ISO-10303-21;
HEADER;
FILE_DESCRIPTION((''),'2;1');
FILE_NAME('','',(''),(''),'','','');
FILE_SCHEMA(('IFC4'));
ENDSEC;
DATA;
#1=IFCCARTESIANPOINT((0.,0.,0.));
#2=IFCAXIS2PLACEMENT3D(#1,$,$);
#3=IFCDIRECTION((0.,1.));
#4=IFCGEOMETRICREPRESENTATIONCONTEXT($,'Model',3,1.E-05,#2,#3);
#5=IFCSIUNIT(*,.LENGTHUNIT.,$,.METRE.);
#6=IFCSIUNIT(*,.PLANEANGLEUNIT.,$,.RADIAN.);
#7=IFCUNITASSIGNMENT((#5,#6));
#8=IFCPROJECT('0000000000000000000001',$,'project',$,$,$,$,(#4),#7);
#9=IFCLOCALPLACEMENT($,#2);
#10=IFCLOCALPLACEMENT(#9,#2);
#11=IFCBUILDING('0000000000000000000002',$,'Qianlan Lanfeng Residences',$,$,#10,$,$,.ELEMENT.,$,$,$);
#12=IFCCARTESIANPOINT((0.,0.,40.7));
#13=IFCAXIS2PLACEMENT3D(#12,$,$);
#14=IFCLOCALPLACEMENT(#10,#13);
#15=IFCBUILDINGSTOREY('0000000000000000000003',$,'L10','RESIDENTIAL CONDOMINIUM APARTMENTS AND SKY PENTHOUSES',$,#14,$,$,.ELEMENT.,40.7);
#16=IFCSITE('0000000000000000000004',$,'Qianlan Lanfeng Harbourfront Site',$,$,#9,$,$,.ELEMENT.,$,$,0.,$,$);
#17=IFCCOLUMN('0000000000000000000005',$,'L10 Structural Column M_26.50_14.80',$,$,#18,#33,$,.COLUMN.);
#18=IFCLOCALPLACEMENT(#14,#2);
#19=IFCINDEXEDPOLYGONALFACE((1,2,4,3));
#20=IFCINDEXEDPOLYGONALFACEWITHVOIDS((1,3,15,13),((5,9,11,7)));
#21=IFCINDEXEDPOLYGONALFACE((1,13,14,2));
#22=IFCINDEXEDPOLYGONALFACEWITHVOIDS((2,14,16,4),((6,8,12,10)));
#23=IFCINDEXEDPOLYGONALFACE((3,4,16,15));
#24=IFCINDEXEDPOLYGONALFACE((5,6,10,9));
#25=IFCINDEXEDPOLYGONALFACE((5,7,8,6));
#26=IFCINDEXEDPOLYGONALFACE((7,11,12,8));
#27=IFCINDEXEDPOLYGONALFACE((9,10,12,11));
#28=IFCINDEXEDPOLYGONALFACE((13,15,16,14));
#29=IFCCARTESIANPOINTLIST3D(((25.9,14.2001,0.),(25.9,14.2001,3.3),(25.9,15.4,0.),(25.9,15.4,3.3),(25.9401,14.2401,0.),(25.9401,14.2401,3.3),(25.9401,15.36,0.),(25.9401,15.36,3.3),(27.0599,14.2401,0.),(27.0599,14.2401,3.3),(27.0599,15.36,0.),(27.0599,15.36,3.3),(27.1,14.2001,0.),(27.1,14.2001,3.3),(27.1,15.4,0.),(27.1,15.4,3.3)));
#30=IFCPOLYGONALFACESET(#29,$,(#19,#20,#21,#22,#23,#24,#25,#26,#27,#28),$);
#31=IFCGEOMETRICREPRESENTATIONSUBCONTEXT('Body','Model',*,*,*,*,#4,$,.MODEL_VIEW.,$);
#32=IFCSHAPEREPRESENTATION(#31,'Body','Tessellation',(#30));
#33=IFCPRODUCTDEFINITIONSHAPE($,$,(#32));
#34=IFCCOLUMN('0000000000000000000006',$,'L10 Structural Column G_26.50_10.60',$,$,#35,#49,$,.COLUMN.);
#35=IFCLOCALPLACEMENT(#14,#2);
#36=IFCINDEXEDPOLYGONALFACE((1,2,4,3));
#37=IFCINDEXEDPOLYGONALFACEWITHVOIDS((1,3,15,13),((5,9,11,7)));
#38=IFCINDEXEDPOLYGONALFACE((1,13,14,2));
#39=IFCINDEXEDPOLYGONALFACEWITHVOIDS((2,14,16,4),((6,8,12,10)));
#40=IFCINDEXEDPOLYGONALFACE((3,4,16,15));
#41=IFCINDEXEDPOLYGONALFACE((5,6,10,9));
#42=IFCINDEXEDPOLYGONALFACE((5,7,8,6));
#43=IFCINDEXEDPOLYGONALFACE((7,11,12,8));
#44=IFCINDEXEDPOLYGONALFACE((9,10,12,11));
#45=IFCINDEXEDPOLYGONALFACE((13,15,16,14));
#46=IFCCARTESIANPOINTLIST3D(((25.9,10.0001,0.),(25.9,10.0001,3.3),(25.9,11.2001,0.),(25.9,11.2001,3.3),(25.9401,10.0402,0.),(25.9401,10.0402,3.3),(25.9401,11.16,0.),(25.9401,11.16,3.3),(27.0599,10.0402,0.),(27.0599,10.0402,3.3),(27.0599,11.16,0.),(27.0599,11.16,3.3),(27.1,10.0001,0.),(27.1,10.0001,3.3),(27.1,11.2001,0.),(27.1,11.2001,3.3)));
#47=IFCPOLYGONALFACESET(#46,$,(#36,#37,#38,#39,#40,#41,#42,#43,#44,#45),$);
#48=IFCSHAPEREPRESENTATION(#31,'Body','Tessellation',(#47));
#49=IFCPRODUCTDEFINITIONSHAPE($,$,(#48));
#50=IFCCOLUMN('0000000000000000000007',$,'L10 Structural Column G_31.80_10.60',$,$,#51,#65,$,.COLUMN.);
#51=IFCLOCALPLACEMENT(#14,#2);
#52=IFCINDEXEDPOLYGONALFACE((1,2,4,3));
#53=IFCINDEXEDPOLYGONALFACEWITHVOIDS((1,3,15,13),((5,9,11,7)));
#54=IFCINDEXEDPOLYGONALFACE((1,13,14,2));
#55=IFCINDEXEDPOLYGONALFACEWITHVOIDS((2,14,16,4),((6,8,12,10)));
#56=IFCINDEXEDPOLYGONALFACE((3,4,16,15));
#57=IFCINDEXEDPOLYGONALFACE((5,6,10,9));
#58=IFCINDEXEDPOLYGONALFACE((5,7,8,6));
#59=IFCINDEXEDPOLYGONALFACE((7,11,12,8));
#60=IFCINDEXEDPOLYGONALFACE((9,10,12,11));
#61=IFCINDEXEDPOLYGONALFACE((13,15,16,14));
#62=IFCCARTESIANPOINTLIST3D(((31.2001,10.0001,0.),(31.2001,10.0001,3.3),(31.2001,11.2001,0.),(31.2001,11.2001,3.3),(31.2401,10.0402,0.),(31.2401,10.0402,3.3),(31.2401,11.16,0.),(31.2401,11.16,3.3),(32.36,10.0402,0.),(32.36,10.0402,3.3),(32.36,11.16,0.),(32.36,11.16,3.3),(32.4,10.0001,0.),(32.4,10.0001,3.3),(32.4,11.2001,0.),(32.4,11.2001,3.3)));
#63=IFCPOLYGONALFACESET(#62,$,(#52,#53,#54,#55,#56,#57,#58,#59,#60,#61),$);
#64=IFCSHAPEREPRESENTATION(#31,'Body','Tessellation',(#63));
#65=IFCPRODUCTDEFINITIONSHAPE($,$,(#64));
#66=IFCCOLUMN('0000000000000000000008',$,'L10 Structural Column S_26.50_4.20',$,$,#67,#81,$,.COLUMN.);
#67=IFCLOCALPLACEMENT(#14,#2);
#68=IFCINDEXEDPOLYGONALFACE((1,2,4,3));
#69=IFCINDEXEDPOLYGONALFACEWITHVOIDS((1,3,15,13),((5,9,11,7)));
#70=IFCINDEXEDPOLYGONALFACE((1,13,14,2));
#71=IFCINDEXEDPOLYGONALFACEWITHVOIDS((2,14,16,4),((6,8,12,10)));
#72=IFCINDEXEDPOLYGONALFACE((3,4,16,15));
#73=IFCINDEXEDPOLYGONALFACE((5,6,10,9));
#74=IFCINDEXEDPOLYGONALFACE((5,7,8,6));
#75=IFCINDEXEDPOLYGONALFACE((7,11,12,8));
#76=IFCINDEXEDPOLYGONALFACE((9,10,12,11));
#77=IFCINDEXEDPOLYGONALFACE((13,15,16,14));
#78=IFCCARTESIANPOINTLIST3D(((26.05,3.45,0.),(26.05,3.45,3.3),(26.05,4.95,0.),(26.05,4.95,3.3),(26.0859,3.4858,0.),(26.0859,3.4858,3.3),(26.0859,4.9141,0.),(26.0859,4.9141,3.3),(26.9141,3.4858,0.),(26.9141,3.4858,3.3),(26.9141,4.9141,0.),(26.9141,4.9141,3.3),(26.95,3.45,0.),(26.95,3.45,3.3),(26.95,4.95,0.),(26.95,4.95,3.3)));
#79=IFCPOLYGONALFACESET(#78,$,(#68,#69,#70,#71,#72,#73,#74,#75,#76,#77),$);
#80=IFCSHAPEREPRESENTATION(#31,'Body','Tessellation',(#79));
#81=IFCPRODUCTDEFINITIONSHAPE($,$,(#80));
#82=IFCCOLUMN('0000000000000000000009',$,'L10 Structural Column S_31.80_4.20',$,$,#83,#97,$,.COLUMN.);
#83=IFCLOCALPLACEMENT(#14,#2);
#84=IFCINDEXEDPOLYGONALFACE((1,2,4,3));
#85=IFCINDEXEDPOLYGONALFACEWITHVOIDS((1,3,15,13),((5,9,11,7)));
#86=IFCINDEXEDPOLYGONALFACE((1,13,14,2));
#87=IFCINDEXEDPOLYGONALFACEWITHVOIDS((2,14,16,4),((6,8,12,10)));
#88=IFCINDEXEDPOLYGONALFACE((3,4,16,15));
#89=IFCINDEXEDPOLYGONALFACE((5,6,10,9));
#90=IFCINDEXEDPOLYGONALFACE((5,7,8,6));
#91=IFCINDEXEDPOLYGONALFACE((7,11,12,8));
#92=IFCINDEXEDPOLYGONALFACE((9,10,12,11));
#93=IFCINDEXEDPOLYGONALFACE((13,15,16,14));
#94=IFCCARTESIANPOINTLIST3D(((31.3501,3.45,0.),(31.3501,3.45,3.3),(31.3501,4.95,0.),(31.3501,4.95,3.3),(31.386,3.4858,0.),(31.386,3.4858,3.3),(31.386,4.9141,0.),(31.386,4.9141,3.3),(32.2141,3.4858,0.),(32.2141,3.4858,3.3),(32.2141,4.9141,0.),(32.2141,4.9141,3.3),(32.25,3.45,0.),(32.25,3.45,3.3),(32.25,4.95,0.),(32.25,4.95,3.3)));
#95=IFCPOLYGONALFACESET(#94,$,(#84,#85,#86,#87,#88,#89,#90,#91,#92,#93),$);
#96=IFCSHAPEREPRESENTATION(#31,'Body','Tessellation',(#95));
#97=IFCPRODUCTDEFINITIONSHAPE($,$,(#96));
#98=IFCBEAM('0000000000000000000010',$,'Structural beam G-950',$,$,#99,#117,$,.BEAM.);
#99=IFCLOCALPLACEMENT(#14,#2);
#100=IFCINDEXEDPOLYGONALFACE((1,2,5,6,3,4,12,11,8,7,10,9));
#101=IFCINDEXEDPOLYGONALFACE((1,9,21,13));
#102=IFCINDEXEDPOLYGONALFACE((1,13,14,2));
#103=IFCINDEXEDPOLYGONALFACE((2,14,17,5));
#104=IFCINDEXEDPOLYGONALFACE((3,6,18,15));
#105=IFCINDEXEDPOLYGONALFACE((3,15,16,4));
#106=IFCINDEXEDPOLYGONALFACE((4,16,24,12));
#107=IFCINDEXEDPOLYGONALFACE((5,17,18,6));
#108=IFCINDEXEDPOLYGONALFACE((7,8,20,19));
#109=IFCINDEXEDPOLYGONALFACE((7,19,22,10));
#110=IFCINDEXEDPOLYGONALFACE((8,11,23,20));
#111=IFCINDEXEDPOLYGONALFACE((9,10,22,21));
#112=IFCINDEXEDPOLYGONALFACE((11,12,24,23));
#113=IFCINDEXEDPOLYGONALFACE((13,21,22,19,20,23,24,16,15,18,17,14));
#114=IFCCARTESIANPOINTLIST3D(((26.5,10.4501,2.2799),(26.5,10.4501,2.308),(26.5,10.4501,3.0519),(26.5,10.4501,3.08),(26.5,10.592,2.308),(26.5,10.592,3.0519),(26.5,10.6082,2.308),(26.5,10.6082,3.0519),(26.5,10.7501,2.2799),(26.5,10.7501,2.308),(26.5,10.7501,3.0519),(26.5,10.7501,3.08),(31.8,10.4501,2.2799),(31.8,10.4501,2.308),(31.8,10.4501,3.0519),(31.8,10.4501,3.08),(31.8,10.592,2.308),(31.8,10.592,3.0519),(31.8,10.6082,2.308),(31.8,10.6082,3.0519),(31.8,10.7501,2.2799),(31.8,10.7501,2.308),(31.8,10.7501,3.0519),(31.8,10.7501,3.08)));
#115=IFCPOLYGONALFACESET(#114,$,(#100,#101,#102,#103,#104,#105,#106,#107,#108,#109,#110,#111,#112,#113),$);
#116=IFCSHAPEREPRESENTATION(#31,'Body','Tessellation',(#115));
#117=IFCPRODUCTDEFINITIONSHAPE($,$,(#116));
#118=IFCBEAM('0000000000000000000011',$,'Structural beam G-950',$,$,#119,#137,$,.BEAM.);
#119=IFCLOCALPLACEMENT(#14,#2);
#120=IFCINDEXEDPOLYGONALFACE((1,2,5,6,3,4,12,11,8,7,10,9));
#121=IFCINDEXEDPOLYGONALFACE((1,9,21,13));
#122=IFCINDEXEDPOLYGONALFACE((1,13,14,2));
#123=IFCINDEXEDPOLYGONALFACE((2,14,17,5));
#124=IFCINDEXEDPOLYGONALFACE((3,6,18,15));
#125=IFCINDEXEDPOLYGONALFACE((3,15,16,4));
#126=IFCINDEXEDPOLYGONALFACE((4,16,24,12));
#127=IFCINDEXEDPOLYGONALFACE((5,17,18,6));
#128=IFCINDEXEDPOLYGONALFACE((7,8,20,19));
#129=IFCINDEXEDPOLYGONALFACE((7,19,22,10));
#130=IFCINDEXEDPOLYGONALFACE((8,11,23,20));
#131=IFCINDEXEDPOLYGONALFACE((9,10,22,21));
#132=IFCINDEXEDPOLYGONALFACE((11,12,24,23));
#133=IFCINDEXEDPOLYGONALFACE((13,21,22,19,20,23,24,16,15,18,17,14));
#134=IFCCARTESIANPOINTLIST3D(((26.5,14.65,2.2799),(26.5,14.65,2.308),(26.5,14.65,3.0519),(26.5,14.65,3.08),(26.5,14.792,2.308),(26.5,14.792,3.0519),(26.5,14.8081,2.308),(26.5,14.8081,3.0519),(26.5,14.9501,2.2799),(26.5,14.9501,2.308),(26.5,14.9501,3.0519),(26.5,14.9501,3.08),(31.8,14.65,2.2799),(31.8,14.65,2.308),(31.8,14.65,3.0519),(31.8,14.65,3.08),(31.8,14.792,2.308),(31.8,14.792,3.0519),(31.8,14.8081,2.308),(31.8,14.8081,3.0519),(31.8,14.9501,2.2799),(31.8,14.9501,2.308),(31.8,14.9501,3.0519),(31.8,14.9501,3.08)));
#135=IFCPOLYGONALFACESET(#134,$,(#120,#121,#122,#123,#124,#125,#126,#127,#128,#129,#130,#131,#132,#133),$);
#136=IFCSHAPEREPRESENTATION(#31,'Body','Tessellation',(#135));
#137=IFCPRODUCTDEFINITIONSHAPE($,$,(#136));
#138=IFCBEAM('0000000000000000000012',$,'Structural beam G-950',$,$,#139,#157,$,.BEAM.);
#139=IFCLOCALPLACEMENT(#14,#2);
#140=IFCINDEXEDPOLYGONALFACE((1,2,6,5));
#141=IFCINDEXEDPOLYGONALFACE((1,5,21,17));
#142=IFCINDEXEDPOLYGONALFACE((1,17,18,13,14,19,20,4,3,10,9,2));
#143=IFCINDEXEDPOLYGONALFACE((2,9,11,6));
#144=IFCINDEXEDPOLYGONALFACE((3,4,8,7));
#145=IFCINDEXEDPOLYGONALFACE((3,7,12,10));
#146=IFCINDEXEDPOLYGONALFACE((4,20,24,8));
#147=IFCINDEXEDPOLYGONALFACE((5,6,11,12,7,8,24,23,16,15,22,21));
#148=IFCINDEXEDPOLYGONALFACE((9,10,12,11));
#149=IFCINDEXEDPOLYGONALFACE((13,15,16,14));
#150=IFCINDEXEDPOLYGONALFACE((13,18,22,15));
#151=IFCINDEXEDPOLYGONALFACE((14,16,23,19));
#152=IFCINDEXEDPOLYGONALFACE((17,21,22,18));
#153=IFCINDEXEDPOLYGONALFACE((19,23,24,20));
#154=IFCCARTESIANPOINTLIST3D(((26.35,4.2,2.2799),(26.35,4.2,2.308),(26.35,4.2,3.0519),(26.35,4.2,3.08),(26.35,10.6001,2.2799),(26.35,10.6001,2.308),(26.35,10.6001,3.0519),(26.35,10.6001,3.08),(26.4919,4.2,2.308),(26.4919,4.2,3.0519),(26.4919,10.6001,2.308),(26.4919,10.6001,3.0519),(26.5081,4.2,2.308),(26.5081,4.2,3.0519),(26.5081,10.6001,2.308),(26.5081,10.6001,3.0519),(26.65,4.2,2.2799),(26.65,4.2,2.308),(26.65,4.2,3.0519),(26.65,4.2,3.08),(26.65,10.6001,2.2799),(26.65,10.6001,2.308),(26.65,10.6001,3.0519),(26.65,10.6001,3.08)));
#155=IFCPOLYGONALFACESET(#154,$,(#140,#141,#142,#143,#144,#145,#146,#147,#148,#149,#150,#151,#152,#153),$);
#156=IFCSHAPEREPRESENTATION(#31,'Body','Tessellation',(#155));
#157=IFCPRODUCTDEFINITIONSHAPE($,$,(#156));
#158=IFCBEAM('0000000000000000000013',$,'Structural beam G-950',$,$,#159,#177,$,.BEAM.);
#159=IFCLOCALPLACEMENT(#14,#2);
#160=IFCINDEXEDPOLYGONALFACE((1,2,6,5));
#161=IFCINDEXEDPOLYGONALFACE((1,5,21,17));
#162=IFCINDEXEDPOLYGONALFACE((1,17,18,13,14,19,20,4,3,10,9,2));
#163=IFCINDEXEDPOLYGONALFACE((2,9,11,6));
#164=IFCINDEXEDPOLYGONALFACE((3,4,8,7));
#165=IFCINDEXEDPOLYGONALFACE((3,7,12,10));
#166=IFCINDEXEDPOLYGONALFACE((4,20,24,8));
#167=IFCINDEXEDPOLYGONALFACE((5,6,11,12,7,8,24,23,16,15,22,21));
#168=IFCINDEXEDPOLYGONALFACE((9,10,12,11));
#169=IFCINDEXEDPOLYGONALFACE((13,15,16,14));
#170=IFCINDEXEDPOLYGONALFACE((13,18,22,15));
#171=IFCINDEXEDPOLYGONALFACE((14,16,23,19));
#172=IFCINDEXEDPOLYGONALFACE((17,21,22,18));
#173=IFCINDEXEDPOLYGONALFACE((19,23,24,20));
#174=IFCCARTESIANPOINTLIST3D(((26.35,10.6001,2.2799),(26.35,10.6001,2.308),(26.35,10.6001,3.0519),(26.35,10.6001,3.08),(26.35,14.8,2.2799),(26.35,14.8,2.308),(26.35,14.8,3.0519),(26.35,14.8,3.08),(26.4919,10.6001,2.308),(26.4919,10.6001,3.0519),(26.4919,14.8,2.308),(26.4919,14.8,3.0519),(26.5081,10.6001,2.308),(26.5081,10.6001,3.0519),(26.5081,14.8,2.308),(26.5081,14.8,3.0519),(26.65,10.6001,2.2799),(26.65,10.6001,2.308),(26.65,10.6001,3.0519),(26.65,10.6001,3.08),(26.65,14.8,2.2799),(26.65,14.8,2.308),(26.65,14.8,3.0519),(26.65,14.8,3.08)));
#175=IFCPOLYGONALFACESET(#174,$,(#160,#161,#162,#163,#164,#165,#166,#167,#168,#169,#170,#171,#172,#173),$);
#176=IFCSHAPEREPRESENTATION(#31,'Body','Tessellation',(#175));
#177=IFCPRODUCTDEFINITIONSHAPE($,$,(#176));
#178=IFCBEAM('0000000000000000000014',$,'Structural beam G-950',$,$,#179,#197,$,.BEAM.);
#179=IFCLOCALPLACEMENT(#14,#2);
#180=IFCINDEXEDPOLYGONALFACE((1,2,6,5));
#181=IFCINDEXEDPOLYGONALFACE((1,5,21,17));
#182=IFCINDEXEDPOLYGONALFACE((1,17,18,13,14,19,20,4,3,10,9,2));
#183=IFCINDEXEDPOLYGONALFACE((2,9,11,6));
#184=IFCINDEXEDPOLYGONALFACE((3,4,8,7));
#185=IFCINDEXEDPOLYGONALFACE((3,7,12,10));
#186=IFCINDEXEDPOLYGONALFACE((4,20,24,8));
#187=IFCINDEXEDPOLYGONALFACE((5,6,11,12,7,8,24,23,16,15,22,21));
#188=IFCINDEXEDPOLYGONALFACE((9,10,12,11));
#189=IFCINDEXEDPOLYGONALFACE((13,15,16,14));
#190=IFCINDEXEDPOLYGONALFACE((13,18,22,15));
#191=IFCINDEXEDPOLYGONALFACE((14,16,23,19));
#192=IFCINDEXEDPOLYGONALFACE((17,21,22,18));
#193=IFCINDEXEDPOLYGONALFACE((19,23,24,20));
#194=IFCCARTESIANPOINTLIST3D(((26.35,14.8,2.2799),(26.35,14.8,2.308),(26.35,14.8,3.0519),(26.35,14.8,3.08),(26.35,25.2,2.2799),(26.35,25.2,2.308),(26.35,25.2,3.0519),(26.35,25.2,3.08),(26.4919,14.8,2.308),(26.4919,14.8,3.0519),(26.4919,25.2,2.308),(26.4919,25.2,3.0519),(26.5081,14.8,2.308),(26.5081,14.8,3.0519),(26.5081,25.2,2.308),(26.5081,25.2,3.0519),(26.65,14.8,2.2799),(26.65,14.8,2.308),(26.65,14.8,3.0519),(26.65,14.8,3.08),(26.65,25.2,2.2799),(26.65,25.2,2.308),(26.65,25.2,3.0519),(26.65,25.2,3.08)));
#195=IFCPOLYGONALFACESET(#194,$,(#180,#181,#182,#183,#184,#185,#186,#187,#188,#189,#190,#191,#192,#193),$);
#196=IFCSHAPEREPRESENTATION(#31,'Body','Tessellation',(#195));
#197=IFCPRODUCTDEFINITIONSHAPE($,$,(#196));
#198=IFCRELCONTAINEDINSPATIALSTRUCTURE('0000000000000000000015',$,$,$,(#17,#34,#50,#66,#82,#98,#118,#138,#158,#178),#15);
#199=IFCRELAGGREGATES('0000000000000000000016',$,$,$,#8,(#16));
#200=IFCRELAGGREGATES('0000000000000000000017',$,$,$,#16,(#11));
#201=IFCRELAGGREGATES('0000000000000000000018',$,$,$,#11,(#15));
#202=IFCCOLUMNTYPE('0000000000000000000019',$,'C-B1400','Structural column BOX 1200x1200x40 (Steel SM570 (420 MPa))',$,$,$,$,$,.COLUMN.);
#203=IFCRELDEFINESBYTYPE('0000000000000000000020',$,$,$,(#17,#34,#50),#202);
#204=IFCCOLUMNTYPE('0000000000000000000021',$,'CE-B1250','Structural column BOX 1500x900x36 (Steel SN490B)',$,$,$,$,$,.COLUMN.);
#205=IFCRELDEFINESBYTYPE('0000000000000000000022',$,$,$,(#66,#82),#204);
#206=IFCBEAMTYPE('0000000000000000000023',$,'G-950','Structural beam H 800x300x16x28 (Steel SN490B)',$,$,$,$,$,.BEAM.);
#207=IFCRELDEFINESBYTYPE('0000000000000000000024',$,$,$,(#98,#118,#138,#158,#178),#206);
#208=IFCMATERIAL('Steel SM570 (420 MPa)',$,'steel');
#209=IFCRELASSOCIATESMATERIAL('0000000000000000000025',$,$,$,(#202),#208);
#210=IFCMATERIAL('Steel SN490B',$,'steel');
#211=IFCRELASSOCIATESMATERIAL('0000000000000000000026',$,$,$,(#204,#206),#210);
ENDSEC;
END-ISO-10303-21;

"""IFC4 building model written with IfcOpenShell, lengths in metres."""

from ifc_helpers import new_model, si_unit, direction, frame, origin, origin_2d, place, context, subcontext, project, spatial, hollow_rectangle, i_section, extrude, material, material_profile, profile_set, type_object, element, save


model = new_model("IFC4")

# Units and contexts
model_context = context("Model", 3, precision=1e-05, world=origin(), true_north=direction((0.0, 1.0)))
body_context = subcontext(model_context, "Body", "Model", "MODEL_VIEW")
ifc_project = project(units=[si_unit("LENGTHUNIT", "METRE"), si_unit("PLANEANGLEUNIT", "RADIAN")], contexts=[model_context])

# Site, building, storey
site_placement = place(None, origin())
site = spatial("IfcSite", under=ifc_project, at=site_placement, Name="Qianlan Lanfeng Harbourfront Site", CompositionType="ELEMENT", RefElevation=0.0)
building_placement = place(site_placement, origin())
building = spatial("IfcBuilding", under=site, at=building_placement, Name="Qianlan Lanfeng Residences", CompositionType="ELEMENT")
storey_placement = place(building_placement, frame((0.0, 0.0, 40.7)))
storey = spatial("IfcBuildingStorey", under=building, at=storey_placement, Name="L10", Description="RESIDENTIAL CONDOMINIUM APARTMENTS AND SKY PENTHOUSES", CompositionType="ELEMENT", Elevation=40.7)

# Columns
ifc_material_1 = material(Name="Steel SM570 (420 MPa)", Category="steel")
ifc_material_profile_1 = material_profile(ifc_material_1, hollow_rectangle(XDim=1.2, YDim=1.2, WallThickness=0.04, at=origin_2d()), Name="BOX 1200x1200x40")
ifc_profile_set_1 = profile_set([ifc_material_profile_1], Name="Steel SM570 (420 MPa)")
column_type_1 = type_object("IfcColumnType", Name="C-B1400", Description="Structural column BOX 1200x1200x40 (Steel SM570 (420 MPa))", PredefinedType="COLUMN", material=ifc_profile_set_1)
for number, where, z_axis, x_axis, name in (
    (1, (26.5, 14.8, 0.0), (0.0, 0.0, 1.0), (1.0, 0.0, 0.0), "L10 Structural Column M_26.50_14.80"),
    (2, (26.5, 10.6001, 0.0), (0.0, 0.0, 1.0), (1.0, 0.0, 0.0), "L10 Structural Column G_26.50_10.60"),
    (3, (31.8, 10.6001, 0.0), (0.0, 0.0, 1.0), (1.0, 0.0, 0.0), "L10 Structural Column G_31.80_10.60"),
):
    element("IfcColumn", number, at=place(storey_placement, frame(where, z_axis=z_axis, x_axis=x_axis)), inside=storey, type_object=column_type_1, Name=name, PredefinedType="COLUMN", context=body_context, shape_type="SweptSolid", body=[
        extrude(hollow_rectangle(XDim=1.2, YDim=1.2, WallThickness=0.04, at=origin_2d()), origin(), (0.0, 0.0, 1.0), 3.3),
    ])
ifc_material_2 = material(Name="Steel SN490B", Category="steel")
ifc_material_profile_2 = material_profile(ifc_material_2, hollow_rectangle(XDim=0.8999, YDim=1.5, WallThickness=0.0359, at=origin_2d()), Name="BOX 1500x900x36")
ifc_profile_set_2 = profile_set([ifc_material_profile_2], Name="Steel SN490B")
column_type_2 = type_object("IfcColumnType", Name="CE-B1250", Description="Structural column BOX 1500x900x36 (Steel SN490B)", PredefinedType="COLUMN", material=ifc_profile_set_2)
for number, where, z_axis, x_axis, name in (
    (4, (26.5, 4.2, 0.0), (0.0, 0.0, 1.0), (1.0, 0.0, 0.0), "L10 Structural Column S_26.50_4.20"),
    (5, (31.8, 4.2, 0.0), (0.0, 0.0, 1.0), (1.0, 0.0, 0.0), "L10 Structural Column S_31.80_4.20"),
):
    element("IfcColumn", number, at=place(storey_placement, frame(where, z_axis=z_axis, x_axis=x_axis)), inside=storey, type_object=column_type_2, Name=name, PredefinedType="COLUMN", context=body_context, shape_type="SweptSolid", body=[
        extrude(hollow_rectangle(XDim=0.8999, YDim=1.5, WallThickness=0.0359, at=origin_2d()), origin(), (0.0, 0.0, 1.0), 3.3),
    ])

# Beams
ifc_material_profile_3 = material_profile(ifc_material_2, i_section(OverallWidth=0.3, OverallDepth=0.8, WebThickness=0.0161, FlangeThickness=0.0281, at=origin_2d()), Name="H 800x300x16x28")
ifc_profile_set_3 = profile_set([ifc_material_profile_3], Name="Steel SN490B")
beam_type_1 = type_object("IfcBeamType", Name="G-950", Description="Structural beam H 800x300x16x28 (Steel SN490B)", PredefinedType="BEAM", material=ifc_profile_set_3)
for number, where, z_axis, x_axis, name in (
    (6, (26.5, 10.6001, 2.6799), (1.0, 0.0, 0.0), (0.0, 1.0, 0.0), "Structural beam G-950"),
    (7, (26.5, 14.8, 2.6799), (1.0, 0.0, 0.0), (0.0, 1.0, 0.0), "Structural beam G-950"),
):
    element("IfcBeam", number, at=place(storey_placement, frame(where, z_axis=z_axis, x_axis=x_axis)), inside=storey, type_object=beam_type_1, Name=name, PredefinedType="BEAM", context=body_context, shape_type="SweptSolid", body=[
        extrude(i_section(OverallWidth=0.3, OverallDepth=0.8, WebThickness=0.0161, FlangeThickness=0.0281, at=origin_2d()), origin(), (0.0, 0.0, 1.0), 5.3),
    ])
beam_1_placement = place(storey_placement, frame((26.5, 4.2, 2.6799), z_axis=(0.0, 1.0, 0.0), x_axis=(-1.0, 0.0, 0.0)))
element("IfcBeam", 8, at=beam_1_placement, inside=storey, type_object=beam_type_1, Name="Structural beam G-950", PredefinedType="BEAM", context=body_context, shape_type="SweptSolid", body=[
    extrude(i_section(OverallWidth=0.3, OverallDepth=0.8, WebThickness=0.0161, FlangeThickness=0.0281, at=origin_2d()), origin(), (0.0, 0.0, 1.0), 6.4001),
])
beam_2_placement = place(storey_placement, frame((26.5, 10.6001, 2.6799), z_axis=(0.0, 1.0, 0.0), x_axis=(-1.0, 0.0, 0.0)))
element("IfcBeam", 9, at=beam_2_placement, inside=storey, type_object=beam_type_1, Name="Structural beam G-950", PredefinedType="BEAM", context=body_context, shape_type="SweptSolid", body=[
    extrude(i_section(OverallWidth=0.3, OverallDepth=0.8, WebThickness=0.0161, FlangeThickness=0.0281, at=origin_2d()), origin(), (0.0, 0.0, 1.0), 4.2),
])
beam_3_placement = place(storey_placement, frame((26.5, 14.8, 2.6799), z_axis=(0.0, 1.0, 0.0), x_axis=(-1.0, 0.0, 0.0)))
element("IfcBeam", 10, at=beam_3_placement, inside=storey, type_object=beam_type_1, Name="Structural beam G-950", PredefinedType="BEAM", context=body_context, shape_type="SweptSolid", body=[
    extrude(i_section(OverallWidth=0.3, OverallDepth=0.8, WebThickness=0.0161, FlangeThickness=0.0281, at=origin_2d()), origin(), (0.0, 0.0, 1.0), 10.3999),
])

save(model, "model.ifc")
